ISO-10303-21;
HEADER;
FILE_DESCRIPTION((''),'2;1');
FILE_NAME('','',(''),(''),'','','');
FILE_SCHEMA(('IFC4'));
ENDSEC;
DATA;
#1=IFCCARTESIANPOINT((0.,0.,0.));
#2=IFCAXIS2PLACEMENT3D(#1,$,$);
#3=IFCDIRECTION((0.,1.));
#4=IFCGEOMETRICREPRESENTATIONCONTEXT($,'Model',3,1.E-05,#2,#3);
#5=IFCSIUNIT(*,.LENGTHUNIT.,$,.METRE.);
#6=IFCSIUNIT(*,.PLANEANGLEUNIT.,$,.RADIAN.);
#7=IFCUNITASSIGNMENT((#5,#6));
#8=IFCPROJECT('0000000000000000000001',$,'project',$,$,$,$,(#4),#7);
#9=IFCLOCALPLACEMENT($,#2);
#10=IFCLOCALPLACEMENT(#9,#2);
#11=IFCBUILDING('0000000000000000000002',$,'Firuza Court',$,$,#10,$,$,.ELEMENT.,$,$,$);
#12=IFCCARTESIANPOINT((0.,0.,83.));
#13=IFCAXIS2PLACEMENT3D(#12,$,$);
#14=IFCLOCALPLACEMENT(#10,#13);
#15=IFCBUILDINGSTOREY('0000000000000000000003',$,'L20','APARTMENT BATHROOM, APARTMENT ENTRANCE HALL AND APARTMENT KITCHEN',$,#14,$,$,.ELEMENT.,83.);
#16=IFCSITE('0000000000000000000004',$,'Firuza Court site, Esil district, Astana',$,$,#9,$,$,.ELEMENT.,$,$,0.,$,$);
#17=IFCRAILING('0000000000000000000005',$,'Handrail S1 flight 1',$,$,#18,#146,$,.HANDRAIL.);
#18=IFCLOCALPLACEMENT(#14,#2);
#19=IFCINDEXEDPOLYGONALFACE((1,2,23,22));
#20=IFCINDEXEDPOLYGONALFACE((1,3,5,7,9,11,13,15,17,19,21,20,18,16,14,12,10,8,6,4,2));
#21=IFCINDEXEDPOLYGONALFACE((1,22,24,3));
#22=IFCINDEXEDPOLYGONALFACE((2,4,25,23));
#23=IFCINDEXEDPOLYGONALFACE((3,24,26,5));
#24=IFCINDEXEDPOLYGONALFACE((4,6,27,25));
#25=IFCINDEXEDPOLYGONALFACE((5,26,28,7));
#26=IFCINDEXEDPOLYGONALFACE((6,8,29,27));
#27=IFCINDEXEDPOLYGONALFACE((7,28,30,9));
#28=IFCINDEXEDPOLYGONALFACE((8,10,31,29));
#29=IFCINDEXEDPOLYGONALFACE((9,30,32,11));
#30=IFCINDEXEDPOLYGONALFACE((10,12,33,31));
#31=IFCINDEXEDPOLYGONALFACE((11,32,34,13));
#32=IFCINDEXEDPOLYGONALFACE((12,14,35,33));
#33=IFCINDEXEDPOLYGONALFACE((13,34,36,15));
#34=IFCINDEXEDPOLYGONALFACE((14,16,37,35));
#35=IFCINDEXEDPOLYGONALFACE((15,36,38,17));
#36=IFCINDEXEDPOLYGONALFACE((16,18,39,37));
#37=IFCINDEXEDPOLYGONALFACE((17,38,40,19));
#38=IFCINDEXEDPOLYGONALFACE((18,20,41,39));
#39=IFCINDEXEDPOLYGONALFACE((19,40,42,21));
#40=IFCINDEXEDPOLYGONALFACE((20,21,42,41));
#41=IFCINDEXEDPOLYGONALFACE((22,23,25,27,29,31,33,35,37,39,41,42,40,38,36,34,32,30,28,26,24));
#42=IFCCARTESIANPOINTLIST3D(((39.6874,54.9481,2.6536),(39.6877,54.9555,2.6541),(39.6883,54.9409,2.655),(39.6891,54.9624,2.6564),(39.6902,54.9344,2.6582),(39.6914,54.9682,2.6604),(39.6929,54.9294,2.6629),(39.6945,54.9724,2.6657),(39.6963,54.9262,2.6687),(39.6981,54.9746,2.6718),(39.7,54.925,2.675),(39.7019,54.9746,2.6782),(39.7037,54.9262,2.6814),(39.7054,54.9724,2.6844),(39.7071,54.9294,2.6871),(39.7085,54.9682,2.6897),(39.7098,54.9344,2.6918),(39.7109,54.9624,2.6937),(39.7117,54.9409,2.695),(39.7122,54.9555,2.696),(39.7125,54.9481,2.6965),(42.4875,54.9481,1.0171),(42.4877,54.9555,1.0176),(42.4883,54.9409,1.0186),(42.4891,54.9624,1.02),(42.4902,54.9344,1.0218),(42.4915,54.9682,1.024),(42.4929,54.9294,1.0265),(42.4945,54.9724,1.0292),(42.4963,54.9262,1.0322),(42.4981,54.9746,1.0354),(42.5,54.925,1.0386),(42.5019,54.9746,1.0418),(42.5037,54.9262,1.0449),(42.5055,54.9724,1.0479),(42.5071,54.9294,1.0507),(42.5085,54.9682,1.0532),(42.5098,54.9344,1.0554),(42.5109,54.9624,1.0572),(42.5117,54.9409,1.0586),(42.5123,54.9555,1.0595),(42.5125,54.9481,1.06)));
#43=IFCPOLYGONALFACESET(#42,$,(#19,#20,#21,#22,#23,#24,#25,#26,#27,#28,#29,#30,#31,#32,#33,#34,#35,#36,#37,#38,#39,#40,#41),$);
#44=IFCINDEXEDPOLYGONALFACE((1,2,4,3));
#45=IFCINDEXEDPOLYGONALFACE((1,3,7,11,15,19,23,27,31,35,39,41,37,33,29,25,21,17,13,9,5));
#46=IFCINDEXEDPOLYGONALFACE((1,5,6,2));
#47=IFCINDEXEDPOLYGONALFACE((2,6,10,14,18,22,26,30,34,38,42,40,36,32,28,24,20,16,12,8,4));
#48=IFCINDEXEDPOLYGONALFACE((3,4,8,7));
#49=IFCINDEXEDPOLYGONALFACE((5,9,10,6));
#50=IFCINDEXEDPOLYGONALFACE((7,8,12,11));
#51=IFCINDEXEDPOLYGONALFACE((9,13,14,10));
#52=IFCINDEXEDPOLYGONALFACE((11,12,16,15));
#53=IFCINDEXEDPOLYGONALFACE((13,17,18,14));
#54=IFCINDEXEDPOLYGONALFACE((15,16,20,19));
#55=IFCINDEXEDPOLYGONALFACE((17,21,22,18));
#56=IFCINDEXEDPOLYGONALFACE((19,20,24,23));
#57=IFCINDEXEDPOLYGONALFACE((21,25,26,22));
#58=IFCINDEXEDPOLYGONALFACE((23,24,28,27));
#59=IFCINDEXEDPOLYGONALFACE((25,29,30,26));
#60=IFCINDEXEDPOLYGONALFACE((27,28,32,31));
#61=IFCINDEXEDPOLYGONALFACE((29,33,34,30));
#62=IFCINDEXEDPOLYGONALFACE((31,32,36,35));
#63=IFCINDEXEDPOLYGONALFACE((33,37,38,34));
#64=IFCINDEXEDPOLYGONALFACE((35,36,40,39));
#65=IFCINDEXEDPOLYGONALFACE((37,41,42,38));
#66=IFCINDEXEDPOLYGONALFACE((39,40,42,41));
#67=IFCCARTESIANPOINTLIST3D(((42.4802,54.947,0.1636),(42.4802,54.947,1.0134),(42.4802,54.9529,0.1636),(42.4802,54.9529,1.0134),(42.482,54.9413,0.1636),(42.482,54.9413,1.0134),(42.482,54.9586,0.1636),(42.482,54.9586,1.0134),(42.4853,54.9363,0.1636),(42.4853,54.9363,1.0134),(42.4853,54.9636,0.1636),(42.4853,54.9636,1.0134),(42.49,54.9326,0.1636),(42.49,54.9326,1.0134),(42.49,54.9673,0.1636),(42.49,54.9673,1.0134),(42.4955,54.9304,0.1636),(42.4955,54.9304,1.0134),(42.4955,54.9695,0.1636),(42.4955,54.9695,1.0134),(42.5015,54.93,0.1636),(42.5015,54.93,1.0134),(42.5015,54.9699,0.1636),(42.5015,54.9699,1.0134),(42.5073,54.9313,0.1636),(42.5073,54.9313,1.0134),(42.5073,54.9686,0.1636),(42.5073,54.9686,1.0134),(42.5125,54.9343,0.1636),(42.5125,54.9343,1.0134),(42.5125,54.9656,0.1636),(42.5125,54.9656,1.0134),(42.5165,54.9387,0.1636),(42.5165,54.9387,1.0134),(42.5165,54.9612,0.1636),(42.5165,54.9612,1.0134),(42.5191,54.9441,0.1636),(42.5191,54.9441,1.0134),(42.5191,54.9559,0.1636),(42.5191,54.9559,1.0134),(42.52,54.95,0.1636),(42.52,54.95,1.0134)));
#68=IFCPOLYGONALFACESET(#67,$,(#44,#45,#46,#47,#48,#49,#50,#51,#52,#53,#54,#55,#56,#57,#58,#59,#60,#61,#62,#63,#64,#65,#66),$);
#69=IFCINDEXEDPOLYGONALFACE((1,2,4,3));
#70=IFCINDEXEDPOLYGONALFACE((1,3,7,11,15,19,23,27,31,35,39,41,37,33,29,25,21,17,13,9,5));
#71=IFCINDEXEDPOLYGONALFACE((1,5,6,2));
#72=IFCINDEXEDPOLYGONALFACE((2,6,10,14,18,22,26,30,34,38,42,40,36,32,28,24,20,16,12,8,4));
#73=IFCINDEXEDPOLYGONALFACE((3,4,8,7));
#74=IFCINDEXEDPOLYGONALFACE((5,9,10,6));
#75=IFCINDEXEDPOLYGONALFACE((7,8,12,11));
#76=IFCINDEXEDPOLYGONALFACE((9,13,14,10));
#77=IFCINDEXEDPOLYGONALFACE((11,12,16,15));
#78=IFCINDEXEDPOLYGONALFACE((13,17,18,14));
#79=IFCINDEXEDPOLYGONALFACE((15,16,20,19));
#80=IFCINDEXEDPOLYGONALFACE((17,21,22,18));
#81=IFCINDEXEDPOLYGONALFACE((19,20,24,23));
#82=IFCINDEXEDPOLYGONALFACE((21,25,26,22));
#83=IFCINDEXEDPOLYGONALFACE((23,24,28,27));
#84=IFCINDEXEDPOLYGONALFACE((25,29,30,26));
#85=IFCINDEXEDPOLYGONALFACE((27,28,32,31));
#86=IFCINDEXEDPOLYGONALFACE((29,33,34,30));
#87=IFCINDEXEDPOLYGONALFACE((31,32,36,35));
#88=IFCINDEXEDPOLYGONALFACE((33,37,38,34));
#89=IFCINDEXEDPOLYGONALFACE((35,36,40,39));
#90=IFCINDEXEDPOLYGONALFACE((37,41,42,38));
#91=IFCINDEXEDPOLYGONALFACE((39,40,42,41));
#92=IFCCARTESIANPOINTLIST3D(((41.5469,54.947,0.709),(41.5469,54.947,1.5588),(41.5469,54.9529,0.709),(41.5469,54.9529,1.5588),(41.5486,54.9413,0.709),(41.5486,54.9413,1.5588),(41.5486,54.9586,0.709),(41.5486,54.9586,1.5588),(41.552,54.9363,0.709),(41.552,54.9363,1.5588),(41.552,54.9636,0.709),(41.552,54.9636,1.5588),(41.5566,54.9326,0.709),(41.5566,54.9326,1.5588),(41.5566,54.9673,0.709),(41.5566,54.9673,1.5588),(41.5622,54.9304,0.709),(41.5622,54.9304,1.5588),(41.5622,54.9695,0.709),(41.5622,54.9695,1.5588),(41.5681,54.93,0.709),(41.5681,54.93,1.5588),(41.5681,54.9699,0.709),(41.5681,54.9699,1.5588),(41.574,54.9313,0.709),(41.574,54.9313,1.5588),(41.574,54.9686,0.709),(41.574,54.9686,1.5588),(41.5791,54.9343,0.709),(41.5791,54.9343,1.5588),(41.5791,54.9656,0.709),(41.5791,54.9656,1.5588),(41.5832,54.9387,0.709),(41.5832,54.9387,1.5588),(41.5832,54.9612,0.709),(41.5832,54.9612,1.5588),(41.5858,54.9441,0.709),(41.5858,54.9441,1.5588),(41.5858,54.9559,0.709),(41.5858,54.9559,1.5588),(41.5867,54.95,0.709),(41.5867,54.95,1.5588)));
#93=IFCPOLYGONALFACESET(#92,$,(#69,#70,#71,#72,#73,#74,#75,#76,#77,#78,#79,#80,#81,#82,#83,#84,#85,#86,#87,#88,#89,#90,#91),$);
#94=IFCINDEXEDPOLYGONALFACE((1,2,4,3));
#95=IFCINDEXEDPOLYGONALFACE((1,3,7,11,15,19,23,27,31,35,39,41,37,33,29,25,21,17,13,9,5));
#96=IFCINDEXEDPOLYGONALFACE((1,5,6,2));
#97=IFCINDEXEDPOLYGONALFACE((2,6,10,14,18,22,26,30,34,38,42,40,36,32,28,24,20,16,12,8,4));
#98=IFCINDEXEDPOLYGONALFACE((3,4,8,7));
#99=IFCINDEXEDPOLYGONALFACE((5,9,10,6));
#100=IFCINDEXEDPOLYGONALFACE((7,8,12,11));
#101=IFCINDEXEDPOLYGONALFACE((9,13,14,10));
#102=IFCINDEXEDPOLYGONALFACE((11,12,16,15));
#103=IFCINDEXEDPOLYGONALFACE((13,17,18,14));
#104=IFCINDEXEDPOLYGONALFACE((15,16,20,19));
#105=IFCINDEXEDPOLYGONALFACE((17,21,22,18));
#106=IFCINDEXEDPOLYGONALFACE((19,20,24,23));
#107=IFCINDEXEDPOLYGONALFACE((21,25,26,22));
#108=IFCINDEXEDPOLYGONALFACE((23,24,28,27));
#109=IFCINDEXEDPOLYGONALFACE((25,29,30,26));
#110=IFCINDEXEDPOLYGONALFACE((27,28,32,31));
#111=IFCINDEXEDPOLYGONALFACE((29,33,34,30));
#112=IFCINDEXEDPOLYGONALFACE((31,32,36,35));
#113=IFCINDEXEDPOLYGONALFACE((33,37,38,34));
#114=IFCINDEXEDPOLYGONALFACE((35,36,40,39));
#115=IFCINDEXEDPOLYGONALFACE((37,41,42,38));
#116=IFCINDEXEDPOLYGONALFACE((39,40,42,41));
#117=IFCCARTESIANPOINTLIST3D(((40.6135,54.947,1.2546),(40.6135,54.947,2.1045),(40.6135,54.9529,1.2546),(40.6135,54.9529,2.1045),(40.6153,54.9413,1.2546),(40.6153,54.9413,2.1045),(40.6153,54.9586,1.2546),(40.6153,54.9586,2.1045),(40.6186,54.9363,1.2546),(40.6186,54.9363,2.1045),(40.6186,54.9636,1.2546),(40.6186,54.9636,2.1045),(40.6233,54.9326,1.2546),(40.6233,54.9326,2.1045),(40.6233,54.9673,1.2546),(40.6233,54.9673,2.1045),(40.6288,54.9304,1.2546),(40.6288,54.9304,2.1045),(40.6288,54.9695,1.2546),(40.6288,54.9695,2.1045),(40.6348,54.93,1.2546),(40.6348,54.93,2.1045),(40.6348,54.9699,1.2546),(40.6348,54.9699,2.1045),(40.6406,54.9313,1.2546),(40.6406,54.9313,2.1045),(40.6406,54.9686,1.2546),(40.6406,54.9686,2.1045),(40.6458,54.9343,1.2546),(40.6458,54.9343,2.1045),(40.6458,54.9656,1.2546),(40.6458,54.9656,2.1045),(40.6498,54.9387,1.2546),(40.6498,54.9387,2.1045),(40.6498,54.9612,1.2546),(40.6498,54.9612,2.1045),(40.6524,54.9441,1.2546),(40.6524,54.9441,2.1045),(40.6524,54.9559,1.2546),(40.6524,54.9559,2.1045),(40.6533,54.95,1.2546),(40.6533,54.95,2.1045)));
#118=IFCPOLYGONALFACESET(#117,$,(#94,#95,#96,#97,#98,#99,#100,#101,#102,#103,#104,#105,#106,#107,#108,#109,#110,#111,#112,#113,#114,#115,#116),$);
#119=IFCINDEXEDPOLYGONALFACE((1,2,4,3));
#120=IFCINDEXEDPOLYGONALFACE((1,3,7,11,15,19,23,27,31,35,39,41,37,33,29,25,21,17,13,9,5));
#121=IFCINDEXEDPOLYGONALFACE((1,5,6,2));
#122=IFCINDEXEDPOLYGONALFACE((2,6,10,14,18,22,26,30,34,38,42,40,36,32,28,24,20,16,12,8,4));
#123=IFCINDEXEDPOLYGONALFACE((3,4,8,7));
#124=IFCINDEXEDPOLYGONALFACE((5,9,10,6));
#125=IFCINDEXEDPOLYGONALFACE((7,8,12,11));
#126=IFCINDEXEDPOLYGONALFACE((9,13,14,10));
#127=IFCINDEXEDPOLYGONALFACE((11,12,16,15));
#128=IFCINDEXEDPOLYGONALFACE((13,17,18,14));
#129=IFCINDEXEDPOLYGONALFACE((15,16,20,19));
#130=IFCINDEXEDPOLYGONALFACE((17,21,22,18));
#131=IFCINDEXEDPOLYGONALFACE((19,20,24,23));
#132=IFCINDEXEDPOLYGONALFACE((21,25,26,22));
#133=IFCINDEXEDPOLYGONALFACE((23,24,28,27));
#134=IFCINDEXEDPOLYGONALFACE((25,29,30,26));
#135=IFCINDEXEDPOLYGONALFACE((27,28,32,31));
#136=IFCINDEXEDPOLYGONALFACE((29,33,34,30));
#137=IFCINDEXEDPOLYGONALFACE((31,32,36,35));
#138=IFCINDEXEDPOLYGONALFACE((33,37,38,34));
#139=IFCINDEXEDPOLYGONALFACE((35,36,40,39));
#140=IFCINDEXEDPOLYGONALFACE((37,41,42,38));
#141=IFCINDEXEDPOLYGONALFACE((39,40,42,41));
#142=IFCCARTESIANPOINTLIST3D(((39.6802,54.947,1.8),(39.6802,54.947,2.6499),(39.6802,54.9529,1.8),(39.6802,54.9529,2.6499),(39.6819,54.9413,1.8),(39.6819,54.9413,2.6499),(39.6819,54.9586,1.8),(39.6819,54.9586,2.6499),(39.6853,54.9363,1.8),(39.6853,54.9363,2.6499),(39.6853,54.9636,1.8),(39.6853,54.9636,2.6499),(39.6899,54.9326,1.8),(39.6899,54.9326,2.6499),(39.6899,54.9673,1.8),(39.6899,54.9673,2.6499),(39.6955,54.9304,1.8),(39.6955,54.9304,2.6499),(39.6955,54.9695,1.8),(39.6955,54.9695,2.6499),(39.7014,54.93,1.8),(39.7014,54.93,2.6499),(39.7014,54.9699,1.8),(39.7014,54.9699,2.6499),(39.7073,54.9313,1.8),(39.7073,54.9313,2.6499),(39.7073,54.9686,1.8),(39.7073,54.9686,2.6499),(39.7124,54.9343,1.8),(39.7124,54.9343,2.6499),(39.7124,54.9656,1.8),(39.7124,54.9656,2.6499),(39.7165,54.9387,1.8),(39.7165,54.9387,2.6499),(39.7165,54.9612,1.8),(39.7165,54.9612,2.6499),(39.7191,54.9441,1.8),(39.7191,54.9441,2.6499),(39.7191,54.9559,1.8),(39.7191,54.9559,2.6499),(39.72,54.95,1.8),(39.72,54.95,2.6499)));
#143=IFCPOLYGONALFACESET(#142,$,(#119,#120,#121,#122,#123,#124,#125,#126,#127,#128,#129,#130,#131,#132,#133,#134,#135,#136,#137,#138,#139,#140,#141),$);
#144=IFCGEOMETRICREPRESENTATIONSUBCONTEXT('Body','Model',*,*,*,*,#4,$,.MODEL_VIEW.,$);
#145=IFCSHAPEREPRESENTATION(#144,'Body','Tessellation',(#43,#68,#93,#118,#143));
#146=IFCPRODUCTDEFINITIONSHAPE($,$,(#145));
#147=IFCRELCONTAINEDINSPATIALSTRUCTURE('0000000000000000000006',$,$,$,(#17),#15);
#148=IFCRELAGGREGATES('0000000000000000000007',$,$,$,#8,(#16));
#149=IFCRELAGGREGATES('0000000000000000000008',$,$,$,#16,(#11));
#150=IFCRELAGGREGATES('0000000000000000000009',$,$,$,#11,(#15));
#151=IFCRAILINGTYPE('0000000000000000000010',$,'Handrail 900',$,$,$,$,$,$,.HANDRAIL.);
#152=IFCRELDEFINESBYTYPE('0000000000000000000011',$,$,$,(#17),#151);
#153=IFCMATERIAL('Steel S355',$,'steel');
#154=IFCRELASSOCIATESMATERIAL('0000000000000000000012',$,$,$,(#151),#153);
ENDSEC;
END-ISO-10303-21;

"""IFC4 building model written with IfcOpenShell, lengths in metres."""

from ifc_helpers import new_model, si_unit, direction, frame, origin, origin_2d, place, context, subcontext, project, spatial, circle, extrude, material, type_object, element, save


model = new_model("IFC4")

# Units and contexts
model_context = context("Model", 3, precision=1e-05, world=origin(), true_north=direction((0.0, 1.0)))
body_context = subcontext(model_context, "Body", "Model", "MODEL_VIEW")
ifc_project = project(units=[si_unit("LENGTHUNIT", "METRE"), si_unit("PLANEANGLEUNIT", "RADIAN")], contexts=[model_context])

# Site, building, storey
site_placement = place(None, origin())
site = spatial("IfcSite", under=ifc_project, at=site_placement, Name="Firuza Court site, Esil district, Astana", CompositionType="ELEMENT", RefElevation=0.0)
building_placement = place(site_placement, origin())
building = spatial("IfcBuilding", under=site, at=building_placement, Name="Firuza Court", CompositionType="ELEMENT")
storey_placement = place(building_placement, frame((0.0, 0.0, 83.0)))
storey = spatial("IfcBuildingStorey", under=building, at=storey_placement, Name="L20", Description="APARTMENT BATHROOM, APARTMENT ENTRANCE HALL AND APARTMENT KITCHEN", CompositionType="ELEMENT", Elevation=83.0)

# Railing
ifc_material_1 = material(Name="Steel S355", Category="steel")
railing_type_1 = type_object("IfcRailingType", Name="Handrail 900", PredefinedType="HANDRAIL", material=ifc_material_1)
railing_1_placement = place(storey_placement, frame((42.5, 54.95, 0.1636)))
element("IfcRailing", 1, at=railing_1_placement, inside=storey, type_object=railing_type_1, Name="Handrail S1 flight 1", PredefinedType="HANDRAIL", context=body_context, shape_type="SweptSolid", body=[
    extrude(circle(Radius=0.0249, at=origin_2d()), frame((0.0, 0.0, 0.875), z_axis=(-0.863361, 0.0, 0.504587), x_axis=(0.0, -1.0, 0.0)), (0.0, 0.0, 1.0), 3.2432),
    extrude(circle(Radius=0.02, at=origin_2d()), origin(), (0.0, 0.0, 1.0), 0.8499),
    extrude(circle(Radius=0.02, at=origin_2d()), frame((-0.9333, 0.0, 0.5454)), (0.0, 0.0, 1.0), 0.8499),
    extrude(circle(Radius=0.02, at=origin_2d()), frame((-1.8667, 0.0, 1.0911)), (0.0, 0.0, 1.0), 0.8499),
    extrude(circle(Radius=0.02, at=origin_2d()), frame((-2.8, 0.0, 1.6365)), (0.0, 0.0, 1.0), 0.8499),
])

save(model, "model.ifc")
